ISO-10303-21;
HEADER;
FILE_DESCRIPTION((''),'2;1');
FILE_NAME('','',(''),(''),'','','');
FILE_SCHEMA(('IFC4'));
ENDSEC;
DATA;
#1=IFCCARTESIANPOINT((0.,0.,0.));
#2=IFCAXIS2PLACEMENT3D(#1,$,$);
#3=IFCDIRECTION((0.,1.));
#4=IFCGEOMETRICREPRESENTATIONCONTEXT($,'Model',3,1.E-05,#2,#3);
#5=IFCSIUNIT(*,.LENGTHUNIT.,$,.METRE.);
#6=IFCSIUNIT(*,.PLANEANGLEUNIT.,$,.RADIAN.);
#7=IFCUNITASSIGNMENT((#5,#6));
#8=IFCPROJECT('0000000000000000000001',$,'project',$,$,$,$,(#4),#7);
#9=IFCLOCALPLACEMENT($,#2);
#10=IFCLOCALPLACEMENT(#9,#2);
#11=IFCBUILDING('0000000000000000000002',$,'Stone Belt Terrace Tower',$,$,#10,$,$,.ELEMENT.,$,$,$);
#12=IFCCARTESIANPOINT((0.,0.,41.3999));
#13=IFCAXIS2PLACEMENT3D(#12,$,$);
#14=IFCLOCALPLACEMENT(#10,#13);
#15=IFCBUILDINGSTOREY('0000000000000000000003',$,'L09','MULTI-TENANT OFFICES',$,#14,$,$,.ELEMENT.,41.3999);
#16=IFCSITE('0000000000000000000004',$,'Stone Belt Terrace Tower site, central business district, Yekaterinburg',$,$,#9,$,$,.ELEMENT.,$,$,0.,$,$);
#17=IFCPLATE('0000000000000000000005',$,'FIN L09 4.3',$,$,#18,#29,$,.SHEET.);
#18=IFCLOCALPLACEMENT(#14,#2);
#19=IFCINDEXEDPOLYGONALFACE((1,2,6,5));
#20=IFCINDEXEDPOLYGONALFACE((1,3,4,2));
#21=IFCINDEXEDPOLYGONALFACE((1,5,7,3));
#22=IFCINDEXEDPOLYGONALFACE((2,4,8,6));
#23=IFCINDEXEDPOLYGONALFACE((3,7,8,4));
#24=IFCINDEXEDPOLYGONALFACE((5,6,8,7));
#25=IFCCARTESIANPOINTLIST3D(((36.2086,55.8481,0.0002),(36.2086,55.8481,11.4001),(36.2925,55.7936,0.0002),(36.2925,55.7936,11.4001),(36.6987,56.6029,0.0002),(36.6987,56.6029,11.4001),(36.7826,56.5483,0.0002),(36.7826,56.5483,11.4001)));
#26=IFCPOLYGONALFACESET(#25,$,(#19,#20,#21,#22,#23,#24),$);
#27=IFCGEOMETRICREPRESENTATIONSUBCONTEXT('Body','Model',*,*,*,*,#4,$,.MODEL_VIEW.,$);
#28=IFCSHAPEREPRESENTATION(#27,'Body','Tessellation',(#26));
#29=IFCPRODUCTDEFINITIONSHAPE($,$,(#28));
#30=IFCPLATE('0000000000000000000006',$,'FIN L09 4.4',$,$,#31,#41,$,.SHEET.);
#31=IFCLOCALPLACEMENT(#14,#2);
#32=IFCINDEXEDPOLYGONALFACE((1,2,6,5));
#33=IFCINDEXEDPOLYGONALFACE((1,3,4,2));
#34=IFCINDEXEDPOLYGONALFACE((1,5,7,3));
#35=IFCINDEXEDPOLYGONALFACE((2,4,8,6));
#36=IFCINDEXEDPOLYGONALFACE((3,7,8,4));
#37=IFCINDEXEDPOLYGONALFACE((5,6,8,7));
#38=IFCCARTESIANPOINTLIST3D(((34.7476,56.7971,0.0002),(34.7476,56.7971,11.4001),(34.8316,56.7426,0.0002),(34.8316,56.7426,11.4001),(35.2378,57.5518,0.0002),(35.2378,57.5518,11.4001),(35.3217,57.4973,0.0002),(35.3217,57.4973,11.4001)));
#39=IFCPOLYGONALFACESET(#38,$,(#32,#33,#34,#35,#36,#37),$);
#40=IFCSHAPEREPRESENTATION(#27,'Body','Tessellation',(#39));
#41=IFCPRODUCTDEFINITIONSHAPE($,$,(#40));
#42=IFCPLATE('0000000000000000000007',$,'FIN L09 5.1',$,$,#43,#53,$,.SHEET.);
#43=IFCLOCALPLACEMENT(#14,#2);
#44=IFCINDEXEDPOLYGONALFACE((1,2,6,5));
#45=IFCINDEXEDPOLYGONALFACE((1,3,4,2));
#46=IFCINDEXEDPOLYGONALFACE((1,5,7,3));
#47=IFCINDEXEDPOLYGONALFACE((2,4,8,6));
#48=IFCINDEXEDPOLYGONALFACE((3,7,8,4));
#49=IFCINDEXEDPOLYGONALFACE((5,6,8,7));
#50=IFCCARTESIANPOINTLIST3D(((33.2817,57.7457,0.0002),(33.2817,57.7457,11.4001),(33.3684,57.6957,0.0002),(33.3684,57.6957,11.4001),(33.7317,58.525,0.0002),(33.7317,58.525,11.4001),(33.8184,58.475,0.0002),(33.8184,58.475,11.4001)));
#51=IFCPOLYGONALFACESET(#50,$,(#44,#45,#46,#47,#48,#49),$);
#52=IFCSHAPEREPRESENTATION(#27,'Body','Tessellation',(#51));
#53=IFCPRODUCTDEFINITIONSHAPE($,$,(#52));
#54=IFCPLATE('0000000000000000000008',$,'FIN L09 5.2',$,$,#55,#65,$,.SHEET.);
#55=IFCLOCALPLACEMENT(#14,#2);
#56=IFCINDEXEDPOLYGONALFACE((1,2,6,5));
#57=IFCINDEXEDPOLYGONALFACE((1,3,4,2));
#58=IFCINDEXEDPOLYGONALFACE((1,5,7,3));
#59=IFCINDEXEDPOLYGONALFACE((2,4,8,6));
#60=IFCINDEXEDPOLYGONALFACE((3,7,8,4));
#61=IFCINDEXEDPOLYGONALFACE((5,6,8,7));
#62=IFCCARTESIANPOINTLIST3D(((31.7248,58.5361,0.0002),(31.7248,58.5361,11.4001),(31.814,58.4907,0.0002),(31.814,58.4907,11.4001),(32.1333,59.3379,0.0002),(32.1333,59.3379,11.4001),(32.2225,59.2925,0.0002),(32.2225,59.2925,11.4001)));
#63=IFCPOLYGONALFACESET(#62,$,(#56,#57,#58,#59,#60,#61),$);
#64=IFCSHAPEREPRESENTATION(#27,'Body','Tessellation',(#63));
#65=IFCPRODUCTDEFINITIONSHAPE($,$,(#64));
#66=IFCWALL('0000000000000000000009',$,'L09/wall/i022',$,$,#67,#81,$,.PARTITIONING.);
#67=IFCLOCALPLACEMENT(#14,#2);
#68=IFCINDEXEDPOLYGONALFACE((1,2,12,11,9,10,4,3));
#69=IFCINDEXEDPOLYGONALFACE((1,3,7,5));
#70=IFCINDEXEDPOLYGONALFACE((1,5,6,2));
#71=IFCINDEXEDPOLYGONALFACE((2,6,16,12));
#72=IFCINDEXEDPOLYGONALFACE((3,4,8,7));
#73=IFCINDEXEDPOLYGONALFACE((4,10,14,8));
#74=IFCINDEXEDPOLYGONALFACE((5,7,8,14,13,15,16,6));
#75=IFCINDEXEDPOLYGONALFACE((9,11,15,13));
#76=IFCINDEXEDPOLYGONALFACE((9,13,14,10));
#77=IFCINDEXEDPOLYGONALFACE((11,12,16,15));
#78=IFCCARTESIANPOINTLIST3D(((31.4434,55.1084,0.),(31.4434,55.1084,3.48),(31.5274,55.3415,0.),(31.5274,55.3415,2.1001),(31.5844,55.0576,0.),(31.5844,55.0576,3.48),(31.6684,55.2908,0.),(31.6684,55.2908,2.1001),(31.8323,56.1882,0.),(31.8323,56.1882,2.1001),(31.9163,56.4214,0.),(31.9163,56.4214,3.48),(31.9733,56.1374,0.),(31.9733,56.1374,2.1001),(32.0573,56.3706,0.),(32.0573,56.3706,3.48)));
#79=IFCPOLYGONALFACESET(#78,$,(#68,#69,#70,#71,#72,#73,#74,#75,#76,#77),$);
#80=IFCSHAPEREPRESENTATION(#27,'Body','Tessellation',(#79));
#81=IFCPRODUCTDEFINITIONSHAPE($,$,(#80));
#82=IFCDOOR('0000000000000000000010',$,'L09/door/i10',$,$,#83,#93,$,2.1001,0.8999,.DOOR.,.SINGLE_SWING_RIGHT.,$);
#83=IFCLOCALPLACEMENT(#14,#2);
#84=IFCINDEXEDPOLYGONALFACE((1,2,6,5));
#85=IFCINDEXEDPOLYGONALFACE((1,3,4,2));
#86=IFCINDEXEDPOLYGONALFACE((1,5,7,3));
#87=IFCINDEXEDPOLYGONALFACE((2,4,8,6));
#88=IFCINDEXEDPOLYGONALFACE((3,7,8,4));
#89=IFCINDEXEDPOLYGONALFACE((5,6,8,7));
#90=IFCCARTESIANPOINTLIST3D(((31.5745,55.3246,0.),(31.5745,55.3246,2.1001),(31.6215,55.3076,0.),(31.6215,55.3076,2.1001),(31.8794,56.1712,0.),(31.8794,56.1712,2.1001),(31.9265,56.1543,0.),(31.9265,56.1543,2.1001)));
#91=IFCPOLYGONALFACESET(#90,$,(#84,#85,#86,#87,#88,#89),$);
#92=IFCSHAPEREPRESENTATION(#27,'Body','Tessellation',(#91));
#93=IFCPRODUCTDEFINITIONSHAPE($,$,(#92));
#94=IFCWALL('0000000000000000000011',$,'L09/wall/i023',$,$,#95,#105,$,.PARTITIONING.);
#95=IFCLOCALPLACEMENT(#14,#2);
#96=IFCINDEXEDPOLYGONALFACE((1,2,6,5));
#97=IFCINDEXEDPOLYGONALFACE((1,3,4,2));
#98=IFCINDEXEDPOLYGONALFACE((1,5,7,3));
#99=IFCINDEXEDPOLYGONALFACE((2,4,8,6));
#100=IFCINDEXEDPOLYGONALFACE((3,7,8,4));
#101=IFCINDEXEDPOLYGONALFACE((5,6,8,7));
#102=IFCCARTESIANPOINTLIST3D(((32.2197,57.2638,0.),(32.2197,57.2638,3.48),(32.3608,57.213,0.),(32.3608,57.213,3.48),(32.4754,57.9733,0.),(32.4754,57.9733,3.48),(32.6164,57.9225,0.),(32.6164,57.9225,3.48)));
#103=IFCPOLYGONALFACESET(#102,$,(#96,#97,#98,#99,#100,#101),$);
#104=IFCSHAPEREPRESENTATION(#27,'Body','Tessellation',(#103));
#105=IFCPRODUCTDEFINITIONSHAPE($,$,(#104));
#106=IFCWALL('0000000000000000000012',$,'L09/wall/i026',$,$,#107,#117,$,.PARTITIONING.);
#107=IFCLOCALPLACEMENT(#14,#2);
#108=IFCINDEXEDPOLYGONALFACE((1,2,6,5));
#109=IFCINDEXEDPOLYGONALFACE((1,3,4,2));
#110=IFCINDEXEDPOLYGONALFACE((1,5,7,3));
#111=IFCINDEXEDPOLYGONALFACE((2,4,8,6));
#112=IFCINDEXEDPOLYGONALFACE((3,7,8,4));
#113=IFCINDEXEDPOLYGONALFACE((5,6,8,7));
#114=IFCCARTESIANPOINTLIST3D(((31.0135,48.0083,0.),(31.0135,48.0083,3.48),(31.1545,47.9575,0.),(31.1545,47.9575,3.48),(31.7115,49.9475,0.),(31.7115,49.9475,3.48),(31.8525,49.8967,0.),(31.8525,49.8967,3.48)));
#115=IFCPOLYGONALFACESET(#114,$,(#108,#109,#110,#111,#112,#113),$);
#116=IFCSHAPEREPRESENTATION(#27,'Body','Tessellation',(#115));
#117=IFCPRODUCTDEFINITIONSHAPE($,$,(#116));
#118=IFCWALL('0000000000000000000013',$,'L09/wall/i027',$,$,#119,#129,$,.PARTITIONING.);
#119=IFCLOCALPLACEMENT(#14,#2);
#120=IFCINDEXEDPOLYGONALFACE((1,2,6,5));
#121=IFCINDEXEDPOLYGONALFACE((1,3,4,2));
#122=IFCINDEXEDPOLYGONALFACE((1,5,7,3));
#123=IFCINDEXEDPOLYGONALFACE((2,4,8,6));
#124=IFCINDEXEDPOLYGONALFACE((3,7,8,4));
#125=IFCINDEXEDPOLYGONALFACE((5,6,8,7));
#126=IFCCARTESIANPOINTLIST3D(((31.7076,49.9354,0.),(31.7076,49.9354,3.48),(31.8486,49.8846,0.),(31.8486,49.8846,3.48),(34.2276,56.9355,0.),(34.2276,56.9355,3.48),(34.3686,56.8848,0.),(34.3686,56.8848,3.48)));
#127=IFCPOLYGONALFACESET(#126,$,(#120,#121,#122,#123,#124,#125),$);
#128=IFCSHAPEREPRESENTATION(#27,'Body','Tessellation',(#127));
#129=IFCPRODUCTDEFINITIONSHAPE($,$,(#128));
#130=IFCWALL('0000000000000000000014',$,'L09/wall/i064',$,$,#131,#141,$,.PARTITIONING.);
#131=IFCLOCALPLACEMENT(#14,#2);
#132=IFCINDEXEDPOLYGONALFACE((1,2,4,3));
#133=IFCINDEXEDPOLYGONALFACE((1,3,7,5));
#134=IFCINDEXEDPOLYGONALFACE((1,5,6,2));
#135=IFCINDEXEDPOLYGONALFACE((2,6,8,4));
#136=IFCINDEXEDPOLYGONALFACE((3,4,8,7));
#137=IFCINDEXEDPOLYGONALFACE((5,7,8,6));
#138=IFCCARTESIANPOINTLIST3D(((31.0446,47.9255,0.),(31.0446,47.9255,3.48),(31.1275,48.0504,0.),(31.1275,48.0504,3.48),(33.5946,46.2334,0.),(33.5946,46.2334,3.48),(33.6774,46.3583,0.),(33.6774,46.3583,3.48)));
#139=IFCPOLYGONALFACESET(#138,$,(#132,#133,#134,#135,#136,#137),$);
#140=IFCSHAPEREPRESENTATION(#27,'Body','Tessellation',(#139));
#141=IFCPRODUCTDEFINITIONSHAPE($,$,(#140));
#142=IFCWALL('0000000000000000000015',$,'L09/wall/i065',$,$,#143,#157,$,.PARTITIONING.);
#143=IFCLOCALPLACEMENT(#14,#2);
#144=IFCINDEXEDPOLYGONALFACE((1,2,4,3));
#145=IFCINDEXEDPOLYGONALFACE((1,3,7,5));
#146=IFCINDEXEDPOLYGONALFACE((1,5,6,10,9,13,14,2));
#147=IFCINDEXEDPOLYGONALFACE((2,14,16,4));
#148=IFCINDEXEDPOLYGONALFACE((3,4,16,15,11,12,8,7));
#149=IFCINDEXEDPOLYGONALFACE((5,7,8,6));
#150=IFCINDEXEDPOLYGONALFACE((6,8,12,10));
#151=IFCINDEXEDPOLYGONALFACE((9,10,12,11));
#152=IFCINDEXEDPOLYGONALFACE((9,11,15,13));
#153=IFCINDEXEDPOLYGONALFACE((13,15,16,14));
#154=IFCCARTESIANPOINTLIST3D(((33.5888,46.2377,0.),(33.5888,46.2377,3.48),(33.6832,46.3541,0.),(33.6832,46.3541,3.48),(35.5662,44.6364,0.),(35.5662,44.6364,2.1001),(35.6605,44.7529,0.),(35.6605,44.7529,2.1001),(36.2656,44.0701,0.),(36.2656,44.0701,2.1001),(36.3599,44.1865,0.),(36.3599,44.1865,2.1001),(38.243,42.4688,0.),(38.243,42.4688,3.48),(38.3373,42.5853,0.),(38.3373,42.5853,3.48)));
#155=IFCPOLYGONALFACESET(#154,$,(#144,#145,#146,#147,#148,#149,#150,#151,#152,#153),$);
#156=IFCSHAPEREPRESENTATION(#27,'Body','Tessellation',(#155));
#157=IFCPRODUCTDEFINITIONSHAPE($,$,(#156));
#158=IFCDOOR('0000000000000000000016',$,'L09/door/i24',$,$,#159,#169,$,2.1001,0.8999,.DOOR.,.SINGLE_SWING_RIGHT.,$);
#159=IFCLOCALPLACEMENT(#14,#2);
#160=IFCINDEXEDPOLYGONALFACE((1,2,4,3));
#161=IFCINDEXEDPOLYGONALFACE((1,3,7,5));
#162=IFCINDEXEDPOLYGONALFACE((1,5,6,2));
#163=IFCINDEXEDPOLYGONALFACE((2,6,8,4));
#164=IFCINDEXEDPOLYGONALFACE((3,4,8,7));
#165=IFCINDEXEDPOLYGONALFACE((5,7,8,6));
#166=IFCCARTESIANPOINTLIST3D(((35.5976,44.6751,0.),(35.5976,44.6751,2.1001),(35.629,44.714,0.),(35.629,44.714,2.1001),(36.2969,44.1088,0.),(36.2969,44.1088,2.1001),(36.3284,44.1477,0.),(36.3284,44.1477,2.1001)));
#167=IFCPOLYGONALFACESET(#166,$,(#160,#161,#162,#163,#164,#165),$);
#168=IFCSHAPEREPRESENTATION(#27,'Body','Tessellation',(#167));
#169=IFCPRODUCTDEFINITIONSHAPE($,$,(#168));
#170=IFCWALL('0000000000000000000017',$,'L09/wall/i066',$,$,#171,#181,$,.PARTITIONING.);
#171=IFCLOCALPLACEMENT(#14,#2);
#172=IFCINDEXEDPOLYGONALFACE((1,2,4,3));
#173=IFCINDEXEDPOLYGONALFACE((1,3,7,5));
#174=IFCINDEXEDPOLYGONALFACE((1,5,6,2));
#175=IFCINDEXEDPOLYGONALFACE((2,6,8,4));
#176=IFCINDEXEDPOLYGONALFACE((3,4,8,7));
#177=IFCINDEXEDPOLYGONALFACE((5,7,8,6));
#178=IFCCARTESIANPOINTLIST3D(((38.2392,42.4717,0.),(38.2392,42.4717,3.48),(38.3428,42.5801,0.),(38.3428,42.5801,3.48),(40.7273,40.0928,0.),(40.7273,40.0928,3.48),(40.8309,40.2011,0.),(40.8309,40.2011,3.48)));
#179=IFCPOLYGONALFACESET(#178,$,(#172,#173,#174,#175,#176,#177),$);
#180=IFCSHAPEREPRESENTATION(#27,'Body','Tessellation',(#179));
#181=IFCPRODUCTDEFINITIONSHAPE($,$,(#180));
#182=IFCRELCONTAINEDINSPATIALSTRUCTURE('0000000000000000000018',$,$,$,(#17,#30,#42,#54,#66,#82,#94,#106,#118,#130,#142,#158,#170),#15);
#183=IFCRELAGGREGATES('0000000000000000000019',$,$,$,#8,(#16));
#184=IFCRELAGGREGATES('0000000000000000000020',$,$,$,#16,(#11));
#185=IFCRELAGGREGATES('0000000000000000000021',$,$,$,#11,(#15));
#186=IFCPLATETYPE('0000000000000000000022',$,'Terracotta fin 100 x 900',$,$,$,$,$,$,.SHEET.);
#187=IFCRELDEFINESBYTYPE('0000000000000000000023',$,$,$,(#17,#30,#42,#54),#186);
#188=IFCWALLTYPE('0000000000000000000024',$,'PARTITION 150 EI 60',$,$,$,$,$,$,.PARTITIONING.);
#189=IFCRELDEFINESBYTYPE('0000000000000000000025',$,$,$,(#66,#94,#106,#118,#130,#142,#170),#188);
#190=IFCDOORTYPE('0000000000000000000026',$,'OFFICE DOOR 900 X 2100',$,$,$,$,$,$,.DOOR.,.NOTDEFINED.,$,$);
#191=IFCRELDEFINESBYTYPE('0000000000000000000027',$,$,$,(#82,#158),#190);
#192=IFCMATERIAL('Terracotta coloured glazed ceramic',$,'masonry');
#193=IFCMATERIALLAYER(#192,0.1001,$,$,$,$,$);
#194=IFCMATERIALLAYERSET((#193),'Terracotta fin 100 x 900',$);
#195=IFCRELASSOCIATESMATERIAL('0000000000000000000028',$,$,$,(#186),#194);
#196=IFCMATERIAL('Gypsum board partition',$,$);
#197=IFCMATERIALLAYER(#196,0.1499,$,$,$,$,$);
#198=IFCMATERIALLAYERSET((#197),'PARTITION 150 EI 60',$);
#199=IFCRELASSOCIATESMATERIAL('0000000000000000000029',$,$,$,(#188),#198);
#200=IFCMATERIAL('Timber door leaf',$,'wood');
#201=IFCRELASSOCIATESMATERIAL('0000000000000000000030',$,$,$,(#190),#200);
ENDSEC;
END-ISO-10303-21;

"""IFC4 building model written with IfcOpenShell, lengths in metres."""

from ifc_helpers import new_model, si_unit, direction, frame, frame_2d, origin, origin_2d, place, context, subcontext, project, spatial, rectangle, extrude, material, layer, layer_set, type_object, element, fill, save


model = new_model("IFC4")

# Units and contexts
model_context = context("Model", 3, precision=1e-05, world=origin(), true_north=direction((0.0, 1.0)))
body_context = subcontext(model_context, "Body", "Model", "MODEL_VIEW")
ifc_project = project(units=[si_unit("LENGTHUNIT", "METRE"), si_unit("PLANEANGLEUNIT", "RADIAN")], contexts=[model_context])

# Site, building, storey
site_placement = place(None, origin())
site = spatial("IfcSite", under=ifc_project, at=site_placement, Name="Stone Belt Terrace Tower site, central business district, Yekaterinburg", CompositionType="ELEMENT", RefElevation=0.0)
building_placement = place(site_placement, origin())
building = spatial("IfcBuilding", under=site, at=building_placement, Name="Stone Belt Terrace Tower", CompositionType="ELEMENT")
storey_placement = place(building_placement, frame((0.0, 0.0, 41.3999)))
storey = spatial("IfcBuildingStorey", under=building, at=storey_placement, Name="L09", Description="MULTI-TENANT OFFICES", CompositionType="ELEMENT", Elevation=41.3999)

# Plates
ifc_material_1 = material(Name="Terracotta coloured glazed ceramic", Category="masonry")
ifc_layer_1 = layer(ifc_material_1, 0.1001)
ifc_layer_set_1 = layer_set([ifc_layer_1], Name="Terracotta fin 100 x 900")
plate_type_1 = type_object("IfcPlateType", Name="Terracotta fin 100 x 900", PredefinedType="SHEET", material=ifc_layer_set_1)
for number, where, z_axis, x_axis, name in (
    (1, (36.4956, 56.1982, 0.0002), (0.0, 0.0, 1.0), (0.544639, 0.838671, 0.0), "FIN L09 4.3"),
    (2, (35.0347, 57.1472, 0.0002), (0.0, 0.0, 1.0), (0.544639, 0.838671, 0.0), "FIN L09 4.4"),
    (3, (33.55, 58.1104, 0.0002), (0.0, 0.0, 1.0), (0.5, 0.866025, 0.0), "FIN L09 5.1"),
    (4, (31.9736, 58.9143, 0.0002), (0.0, 0.0, 1.0), (0.45399, 0.891007, 0.0), "FIN L09 5.2"),
):
    element("IfcPlate", number, at=place(storey_placement, frame(where, z_axis=z_axis, x_axis=x_axis)), inside=storey, type_object=plate_type_1, Name=name, PredefinedType="SHEET", context=body_context, shape_type="SweptSolid", body=[
        extrude(rectangle(XDim=0.8999, YDim=0.1001, at=origin_2d()), origin(), (0.0, 0.0, 1.0), 11.3999),
    ])

# Wall, opening, door
ifc_material_2 = material(Name="Gypsum board partition")
ifc_layer_2 = layer(ifc_material_2, 0.1499)
ifc_layer_set_2 = layer_set([ifc_layer_2], Name="PARTITION 150 EI 60")
wall_type = type_object("IfcWallType", Name="PARTITION 150 EI 60", PredefinedType="PARTITIONING", material=ifc_layer_set_2)
wall_1_placement = place(storey_placement, frame((31.5139, 55.083, 0.0), z_axis=(0.0, 0.0, 1.0), x_axis=(0.338862, 0.940836, 0.0)))
wall_1 = element("IfcWall", 5, at=wall_1_placement, inside=storey, type_object=wall_type, Name="L09/wall/i022", PredefinedType="PARTITIONING", context=body_context, shape_type="SweptSolid", body=[
    extrude(rectangle(XDim=1.3955, YDim=0.1499, at=frame_2d((0.6978, 0.0))), origin(), (0.0, 0.0, 1.0), 3.48),
])
opening_1_placement = place(wall_1_placement, frame((0.2478, 0.0, 0.0)))
opening_1 = element("IfcOpeningElement", 6, at=opening_1_placement, cuts=wall_1, PredefinedType="OPENING", context=body_context, shape_type="SweptSolid", body=[
    extrude(rectangle(XDim=0.8999, YDim=2.1001, at=frame_2d((0.45, 1.05))), frame((0.0, 0.085, 0.0), z_axis=(0.0, -1.0, 0.0), x_axis=(1.0, 0.0, 0.0)), (0.0, 0.0, 1.0), 0.1699),
])
ifc_material_3 = material(Name="Timber door leaf", Category="wood")
door_type = type_object("IfcDoorType", Name="OFFICE DOOR 900 X 2100", OperationType="NOTDEFINED", PredefinedType="DOOR", material=ifc_material_3)
door_1_placement = place(opening_1_placement, origin())
door_1 = element("IfcDoor", 7, at=door_1_placement, inside=storey, type_object=door_type, Name="L09/door/i10", OperationType="SINGLE_SWING_RIGHT", OverallHeight=2.1001, OverallWidth=0.8999, PredefinedType="DOOR", context=body_context, shape_type="SweptSolid", body=[
    extrude(rectangle(XDim=0.8999, YDim=2.1001, at=frame_2d((0.45, 1.05))), frame((0.0, 0.0249, 0.0), z_axis=(0.0, -1.0, 0.0), x_axis=(1.0, 0.0, 0.0)), (0.0, 0.0, 1.0), 0.05),
])
fill(opening_1, door_1)

# Walls
wall_2_placement = place(storey_placement, frame((32.2903, 57.2385, 0.0), z_axis=(0.0, 0.0, 1.0), x_axis=(0.33896, 0.940801, 0.0)))
element("IfcWall", 8, at=wall_2_placement, inside=storey, type_object=wall_type, Name="L09/wall/i023", PredefinedType="PARTITIONING", context=body_context, shape_type="SweptSolid", body=[
    extrude(rectangle(XDim=0.7542, YDim=0.1499, at=frame_2d((0.377, 0.0))), origin(), (0.0, 0.0, 1.0), 3.48),
])
wall_3_placement = place(storey_placement, frame((31.782, 49.9221, 0.0), z_axis=(0.0, 0.0, 1.0), x_axis=(-0.338669, -0.940906, 0.0)))
element("IfcWall", 9, at=wall_3_placement, inside=storey, type_object=wall_type, Name="L09/wall/i026", PredefinedType="PARTITIONING", context=body_context, shape_type="SweptSolid", body=[
    extrude(rectangle(XDim=2.061, YDim=0.1499, at=frame_2d((1.0305, 0.0))), origin(), (0.0, 0.0, 1.0), 3.48),
])
wall_4_placement = place(storey_placement, frame((34.2981, 56.9102, 0.0), z_axis=(0.0, 0.0, 1.0), x_axis=(-0.338711, -0.94089, 0.0)))
element("IfcWall", 10, at=wall_4_placement, inside=storey, type_object=wall_type, Name="L09/wall/i027", PredefinedType="PARTITIONING", context=body_context, shape_type="SweptSolid", body=[
    extrude(rectangle(XDim=7.4399, YDim=0.1499, at=frame_2d((3.72, 0.0))), origin(), (0.0, 0.0, 1.0), 3.48),
])
wall_5_placement = place(storey_placement, frame((31.0859, 47.988, 0.0), z_axis=(0.0, 0.0, 1.0), x_axis=(0.833239, -0.552913, 0.0)))
element("IfcWall", 11, at=wall_5_placement, inside=storey, type_object=wall_type, Name="L09/wall/i064", PredefinedType="PARTITIONING", context=body_context, shape_type="SweptSolid", body=[
    extrude(rectangle(XDim=3.0603, YDim=0.1499, at=frame_2d((1.5303, 0.0))), origin(), (0.0, 0.0, 1.0), 3.48),
])

# Wall, opening, door
wall_6_placement = place(storey_placement, frame((33.636, 46.2959, 0.0), z_axis=(0.0, 0.0, 1.0), x_axis=(0.777144, -0.629323, 0.0)))
wall_6 = element("IfcWall", 12, at=wall_6_placement, inside=storey, type_object=wall_type, Name="L09/wall/i065", PredefinedType="PARTITIONING", context=body_context, shape_type="SweptSolid", body=[
    extrude(rectangle(XDim=5.9888, YDim=0.1499, at=frame_2d((2.9944, 0.0))), origin(), (0.0, 0.0, 1.0), 3.48),
])
opening_2_placement = place(wall_6_placement, frame((2.5444, 0.0, 0.0)))
opening_2 = element("IfcOpeningElement", 13, at=opening_2_placement, cuts=wall_6, PredefinedType="OPENING", context=body_context, shape_type="SweptSolid", body=[
    extrude(rectangle(XDim=0.8999, YDim=2.1001, at=frame_2d((0.45, 1.05))), frame((0.0, 0.085, 0.0), z_axis=(0.0, -1.0, 0.0), x_axis=(1.0, 0.0, 0.0)), (0.0, 0.0, 1.0), 0.1699),
])
door_2_placement = place(opening_2_placement, origin())
door_2 = element("IfcDoor", 14, at=door_2_placement, inside=storey, type_object=door_type, Name="L09/door/i24", OperationType="SINGLE_SWING_RIGHT", OverallHeight=2.1001, OverallWidth=0.8999, PredefinedType="DOOR", context=body_context, shape_type="SweptSolid", body=[
    extrude(rectangle(XDim=0.8999, YDim=2.1001, at=frame_2d((0.45, 1.05))), frame((0.0, 0.0249, 0.0), z_axis=(0.0, -1.0, 0.0), x_axis=(1.0, 0.0, 0.0)), (0.0, 0.0, 1.0), 0.05),
])
fill(opening_2, door_2)

# Wall
wall_7_placement = place(storey_placement, frame((38.291, 42.5259, 0.0), z_axis=(0.0, 0.0, 1.0), x_axis=(0.72278, -0.691078, 0.0)))
element("IfcWall", 15, at=wall_7_placement, inside=storey, type_object=wall_type, Name="L09/wall/i066", PredefinedType="PARTITIONING", context=body_context, shape_type="SweptSolid", body=[
    extrude(rectangle(XDim=3.4424, YDim=0.1499, at=frame_2d((1.7212, 0.0))), origin(), (0.0, 0.0, 1.0), 3.48),
])

save(model, "model.ifc")
